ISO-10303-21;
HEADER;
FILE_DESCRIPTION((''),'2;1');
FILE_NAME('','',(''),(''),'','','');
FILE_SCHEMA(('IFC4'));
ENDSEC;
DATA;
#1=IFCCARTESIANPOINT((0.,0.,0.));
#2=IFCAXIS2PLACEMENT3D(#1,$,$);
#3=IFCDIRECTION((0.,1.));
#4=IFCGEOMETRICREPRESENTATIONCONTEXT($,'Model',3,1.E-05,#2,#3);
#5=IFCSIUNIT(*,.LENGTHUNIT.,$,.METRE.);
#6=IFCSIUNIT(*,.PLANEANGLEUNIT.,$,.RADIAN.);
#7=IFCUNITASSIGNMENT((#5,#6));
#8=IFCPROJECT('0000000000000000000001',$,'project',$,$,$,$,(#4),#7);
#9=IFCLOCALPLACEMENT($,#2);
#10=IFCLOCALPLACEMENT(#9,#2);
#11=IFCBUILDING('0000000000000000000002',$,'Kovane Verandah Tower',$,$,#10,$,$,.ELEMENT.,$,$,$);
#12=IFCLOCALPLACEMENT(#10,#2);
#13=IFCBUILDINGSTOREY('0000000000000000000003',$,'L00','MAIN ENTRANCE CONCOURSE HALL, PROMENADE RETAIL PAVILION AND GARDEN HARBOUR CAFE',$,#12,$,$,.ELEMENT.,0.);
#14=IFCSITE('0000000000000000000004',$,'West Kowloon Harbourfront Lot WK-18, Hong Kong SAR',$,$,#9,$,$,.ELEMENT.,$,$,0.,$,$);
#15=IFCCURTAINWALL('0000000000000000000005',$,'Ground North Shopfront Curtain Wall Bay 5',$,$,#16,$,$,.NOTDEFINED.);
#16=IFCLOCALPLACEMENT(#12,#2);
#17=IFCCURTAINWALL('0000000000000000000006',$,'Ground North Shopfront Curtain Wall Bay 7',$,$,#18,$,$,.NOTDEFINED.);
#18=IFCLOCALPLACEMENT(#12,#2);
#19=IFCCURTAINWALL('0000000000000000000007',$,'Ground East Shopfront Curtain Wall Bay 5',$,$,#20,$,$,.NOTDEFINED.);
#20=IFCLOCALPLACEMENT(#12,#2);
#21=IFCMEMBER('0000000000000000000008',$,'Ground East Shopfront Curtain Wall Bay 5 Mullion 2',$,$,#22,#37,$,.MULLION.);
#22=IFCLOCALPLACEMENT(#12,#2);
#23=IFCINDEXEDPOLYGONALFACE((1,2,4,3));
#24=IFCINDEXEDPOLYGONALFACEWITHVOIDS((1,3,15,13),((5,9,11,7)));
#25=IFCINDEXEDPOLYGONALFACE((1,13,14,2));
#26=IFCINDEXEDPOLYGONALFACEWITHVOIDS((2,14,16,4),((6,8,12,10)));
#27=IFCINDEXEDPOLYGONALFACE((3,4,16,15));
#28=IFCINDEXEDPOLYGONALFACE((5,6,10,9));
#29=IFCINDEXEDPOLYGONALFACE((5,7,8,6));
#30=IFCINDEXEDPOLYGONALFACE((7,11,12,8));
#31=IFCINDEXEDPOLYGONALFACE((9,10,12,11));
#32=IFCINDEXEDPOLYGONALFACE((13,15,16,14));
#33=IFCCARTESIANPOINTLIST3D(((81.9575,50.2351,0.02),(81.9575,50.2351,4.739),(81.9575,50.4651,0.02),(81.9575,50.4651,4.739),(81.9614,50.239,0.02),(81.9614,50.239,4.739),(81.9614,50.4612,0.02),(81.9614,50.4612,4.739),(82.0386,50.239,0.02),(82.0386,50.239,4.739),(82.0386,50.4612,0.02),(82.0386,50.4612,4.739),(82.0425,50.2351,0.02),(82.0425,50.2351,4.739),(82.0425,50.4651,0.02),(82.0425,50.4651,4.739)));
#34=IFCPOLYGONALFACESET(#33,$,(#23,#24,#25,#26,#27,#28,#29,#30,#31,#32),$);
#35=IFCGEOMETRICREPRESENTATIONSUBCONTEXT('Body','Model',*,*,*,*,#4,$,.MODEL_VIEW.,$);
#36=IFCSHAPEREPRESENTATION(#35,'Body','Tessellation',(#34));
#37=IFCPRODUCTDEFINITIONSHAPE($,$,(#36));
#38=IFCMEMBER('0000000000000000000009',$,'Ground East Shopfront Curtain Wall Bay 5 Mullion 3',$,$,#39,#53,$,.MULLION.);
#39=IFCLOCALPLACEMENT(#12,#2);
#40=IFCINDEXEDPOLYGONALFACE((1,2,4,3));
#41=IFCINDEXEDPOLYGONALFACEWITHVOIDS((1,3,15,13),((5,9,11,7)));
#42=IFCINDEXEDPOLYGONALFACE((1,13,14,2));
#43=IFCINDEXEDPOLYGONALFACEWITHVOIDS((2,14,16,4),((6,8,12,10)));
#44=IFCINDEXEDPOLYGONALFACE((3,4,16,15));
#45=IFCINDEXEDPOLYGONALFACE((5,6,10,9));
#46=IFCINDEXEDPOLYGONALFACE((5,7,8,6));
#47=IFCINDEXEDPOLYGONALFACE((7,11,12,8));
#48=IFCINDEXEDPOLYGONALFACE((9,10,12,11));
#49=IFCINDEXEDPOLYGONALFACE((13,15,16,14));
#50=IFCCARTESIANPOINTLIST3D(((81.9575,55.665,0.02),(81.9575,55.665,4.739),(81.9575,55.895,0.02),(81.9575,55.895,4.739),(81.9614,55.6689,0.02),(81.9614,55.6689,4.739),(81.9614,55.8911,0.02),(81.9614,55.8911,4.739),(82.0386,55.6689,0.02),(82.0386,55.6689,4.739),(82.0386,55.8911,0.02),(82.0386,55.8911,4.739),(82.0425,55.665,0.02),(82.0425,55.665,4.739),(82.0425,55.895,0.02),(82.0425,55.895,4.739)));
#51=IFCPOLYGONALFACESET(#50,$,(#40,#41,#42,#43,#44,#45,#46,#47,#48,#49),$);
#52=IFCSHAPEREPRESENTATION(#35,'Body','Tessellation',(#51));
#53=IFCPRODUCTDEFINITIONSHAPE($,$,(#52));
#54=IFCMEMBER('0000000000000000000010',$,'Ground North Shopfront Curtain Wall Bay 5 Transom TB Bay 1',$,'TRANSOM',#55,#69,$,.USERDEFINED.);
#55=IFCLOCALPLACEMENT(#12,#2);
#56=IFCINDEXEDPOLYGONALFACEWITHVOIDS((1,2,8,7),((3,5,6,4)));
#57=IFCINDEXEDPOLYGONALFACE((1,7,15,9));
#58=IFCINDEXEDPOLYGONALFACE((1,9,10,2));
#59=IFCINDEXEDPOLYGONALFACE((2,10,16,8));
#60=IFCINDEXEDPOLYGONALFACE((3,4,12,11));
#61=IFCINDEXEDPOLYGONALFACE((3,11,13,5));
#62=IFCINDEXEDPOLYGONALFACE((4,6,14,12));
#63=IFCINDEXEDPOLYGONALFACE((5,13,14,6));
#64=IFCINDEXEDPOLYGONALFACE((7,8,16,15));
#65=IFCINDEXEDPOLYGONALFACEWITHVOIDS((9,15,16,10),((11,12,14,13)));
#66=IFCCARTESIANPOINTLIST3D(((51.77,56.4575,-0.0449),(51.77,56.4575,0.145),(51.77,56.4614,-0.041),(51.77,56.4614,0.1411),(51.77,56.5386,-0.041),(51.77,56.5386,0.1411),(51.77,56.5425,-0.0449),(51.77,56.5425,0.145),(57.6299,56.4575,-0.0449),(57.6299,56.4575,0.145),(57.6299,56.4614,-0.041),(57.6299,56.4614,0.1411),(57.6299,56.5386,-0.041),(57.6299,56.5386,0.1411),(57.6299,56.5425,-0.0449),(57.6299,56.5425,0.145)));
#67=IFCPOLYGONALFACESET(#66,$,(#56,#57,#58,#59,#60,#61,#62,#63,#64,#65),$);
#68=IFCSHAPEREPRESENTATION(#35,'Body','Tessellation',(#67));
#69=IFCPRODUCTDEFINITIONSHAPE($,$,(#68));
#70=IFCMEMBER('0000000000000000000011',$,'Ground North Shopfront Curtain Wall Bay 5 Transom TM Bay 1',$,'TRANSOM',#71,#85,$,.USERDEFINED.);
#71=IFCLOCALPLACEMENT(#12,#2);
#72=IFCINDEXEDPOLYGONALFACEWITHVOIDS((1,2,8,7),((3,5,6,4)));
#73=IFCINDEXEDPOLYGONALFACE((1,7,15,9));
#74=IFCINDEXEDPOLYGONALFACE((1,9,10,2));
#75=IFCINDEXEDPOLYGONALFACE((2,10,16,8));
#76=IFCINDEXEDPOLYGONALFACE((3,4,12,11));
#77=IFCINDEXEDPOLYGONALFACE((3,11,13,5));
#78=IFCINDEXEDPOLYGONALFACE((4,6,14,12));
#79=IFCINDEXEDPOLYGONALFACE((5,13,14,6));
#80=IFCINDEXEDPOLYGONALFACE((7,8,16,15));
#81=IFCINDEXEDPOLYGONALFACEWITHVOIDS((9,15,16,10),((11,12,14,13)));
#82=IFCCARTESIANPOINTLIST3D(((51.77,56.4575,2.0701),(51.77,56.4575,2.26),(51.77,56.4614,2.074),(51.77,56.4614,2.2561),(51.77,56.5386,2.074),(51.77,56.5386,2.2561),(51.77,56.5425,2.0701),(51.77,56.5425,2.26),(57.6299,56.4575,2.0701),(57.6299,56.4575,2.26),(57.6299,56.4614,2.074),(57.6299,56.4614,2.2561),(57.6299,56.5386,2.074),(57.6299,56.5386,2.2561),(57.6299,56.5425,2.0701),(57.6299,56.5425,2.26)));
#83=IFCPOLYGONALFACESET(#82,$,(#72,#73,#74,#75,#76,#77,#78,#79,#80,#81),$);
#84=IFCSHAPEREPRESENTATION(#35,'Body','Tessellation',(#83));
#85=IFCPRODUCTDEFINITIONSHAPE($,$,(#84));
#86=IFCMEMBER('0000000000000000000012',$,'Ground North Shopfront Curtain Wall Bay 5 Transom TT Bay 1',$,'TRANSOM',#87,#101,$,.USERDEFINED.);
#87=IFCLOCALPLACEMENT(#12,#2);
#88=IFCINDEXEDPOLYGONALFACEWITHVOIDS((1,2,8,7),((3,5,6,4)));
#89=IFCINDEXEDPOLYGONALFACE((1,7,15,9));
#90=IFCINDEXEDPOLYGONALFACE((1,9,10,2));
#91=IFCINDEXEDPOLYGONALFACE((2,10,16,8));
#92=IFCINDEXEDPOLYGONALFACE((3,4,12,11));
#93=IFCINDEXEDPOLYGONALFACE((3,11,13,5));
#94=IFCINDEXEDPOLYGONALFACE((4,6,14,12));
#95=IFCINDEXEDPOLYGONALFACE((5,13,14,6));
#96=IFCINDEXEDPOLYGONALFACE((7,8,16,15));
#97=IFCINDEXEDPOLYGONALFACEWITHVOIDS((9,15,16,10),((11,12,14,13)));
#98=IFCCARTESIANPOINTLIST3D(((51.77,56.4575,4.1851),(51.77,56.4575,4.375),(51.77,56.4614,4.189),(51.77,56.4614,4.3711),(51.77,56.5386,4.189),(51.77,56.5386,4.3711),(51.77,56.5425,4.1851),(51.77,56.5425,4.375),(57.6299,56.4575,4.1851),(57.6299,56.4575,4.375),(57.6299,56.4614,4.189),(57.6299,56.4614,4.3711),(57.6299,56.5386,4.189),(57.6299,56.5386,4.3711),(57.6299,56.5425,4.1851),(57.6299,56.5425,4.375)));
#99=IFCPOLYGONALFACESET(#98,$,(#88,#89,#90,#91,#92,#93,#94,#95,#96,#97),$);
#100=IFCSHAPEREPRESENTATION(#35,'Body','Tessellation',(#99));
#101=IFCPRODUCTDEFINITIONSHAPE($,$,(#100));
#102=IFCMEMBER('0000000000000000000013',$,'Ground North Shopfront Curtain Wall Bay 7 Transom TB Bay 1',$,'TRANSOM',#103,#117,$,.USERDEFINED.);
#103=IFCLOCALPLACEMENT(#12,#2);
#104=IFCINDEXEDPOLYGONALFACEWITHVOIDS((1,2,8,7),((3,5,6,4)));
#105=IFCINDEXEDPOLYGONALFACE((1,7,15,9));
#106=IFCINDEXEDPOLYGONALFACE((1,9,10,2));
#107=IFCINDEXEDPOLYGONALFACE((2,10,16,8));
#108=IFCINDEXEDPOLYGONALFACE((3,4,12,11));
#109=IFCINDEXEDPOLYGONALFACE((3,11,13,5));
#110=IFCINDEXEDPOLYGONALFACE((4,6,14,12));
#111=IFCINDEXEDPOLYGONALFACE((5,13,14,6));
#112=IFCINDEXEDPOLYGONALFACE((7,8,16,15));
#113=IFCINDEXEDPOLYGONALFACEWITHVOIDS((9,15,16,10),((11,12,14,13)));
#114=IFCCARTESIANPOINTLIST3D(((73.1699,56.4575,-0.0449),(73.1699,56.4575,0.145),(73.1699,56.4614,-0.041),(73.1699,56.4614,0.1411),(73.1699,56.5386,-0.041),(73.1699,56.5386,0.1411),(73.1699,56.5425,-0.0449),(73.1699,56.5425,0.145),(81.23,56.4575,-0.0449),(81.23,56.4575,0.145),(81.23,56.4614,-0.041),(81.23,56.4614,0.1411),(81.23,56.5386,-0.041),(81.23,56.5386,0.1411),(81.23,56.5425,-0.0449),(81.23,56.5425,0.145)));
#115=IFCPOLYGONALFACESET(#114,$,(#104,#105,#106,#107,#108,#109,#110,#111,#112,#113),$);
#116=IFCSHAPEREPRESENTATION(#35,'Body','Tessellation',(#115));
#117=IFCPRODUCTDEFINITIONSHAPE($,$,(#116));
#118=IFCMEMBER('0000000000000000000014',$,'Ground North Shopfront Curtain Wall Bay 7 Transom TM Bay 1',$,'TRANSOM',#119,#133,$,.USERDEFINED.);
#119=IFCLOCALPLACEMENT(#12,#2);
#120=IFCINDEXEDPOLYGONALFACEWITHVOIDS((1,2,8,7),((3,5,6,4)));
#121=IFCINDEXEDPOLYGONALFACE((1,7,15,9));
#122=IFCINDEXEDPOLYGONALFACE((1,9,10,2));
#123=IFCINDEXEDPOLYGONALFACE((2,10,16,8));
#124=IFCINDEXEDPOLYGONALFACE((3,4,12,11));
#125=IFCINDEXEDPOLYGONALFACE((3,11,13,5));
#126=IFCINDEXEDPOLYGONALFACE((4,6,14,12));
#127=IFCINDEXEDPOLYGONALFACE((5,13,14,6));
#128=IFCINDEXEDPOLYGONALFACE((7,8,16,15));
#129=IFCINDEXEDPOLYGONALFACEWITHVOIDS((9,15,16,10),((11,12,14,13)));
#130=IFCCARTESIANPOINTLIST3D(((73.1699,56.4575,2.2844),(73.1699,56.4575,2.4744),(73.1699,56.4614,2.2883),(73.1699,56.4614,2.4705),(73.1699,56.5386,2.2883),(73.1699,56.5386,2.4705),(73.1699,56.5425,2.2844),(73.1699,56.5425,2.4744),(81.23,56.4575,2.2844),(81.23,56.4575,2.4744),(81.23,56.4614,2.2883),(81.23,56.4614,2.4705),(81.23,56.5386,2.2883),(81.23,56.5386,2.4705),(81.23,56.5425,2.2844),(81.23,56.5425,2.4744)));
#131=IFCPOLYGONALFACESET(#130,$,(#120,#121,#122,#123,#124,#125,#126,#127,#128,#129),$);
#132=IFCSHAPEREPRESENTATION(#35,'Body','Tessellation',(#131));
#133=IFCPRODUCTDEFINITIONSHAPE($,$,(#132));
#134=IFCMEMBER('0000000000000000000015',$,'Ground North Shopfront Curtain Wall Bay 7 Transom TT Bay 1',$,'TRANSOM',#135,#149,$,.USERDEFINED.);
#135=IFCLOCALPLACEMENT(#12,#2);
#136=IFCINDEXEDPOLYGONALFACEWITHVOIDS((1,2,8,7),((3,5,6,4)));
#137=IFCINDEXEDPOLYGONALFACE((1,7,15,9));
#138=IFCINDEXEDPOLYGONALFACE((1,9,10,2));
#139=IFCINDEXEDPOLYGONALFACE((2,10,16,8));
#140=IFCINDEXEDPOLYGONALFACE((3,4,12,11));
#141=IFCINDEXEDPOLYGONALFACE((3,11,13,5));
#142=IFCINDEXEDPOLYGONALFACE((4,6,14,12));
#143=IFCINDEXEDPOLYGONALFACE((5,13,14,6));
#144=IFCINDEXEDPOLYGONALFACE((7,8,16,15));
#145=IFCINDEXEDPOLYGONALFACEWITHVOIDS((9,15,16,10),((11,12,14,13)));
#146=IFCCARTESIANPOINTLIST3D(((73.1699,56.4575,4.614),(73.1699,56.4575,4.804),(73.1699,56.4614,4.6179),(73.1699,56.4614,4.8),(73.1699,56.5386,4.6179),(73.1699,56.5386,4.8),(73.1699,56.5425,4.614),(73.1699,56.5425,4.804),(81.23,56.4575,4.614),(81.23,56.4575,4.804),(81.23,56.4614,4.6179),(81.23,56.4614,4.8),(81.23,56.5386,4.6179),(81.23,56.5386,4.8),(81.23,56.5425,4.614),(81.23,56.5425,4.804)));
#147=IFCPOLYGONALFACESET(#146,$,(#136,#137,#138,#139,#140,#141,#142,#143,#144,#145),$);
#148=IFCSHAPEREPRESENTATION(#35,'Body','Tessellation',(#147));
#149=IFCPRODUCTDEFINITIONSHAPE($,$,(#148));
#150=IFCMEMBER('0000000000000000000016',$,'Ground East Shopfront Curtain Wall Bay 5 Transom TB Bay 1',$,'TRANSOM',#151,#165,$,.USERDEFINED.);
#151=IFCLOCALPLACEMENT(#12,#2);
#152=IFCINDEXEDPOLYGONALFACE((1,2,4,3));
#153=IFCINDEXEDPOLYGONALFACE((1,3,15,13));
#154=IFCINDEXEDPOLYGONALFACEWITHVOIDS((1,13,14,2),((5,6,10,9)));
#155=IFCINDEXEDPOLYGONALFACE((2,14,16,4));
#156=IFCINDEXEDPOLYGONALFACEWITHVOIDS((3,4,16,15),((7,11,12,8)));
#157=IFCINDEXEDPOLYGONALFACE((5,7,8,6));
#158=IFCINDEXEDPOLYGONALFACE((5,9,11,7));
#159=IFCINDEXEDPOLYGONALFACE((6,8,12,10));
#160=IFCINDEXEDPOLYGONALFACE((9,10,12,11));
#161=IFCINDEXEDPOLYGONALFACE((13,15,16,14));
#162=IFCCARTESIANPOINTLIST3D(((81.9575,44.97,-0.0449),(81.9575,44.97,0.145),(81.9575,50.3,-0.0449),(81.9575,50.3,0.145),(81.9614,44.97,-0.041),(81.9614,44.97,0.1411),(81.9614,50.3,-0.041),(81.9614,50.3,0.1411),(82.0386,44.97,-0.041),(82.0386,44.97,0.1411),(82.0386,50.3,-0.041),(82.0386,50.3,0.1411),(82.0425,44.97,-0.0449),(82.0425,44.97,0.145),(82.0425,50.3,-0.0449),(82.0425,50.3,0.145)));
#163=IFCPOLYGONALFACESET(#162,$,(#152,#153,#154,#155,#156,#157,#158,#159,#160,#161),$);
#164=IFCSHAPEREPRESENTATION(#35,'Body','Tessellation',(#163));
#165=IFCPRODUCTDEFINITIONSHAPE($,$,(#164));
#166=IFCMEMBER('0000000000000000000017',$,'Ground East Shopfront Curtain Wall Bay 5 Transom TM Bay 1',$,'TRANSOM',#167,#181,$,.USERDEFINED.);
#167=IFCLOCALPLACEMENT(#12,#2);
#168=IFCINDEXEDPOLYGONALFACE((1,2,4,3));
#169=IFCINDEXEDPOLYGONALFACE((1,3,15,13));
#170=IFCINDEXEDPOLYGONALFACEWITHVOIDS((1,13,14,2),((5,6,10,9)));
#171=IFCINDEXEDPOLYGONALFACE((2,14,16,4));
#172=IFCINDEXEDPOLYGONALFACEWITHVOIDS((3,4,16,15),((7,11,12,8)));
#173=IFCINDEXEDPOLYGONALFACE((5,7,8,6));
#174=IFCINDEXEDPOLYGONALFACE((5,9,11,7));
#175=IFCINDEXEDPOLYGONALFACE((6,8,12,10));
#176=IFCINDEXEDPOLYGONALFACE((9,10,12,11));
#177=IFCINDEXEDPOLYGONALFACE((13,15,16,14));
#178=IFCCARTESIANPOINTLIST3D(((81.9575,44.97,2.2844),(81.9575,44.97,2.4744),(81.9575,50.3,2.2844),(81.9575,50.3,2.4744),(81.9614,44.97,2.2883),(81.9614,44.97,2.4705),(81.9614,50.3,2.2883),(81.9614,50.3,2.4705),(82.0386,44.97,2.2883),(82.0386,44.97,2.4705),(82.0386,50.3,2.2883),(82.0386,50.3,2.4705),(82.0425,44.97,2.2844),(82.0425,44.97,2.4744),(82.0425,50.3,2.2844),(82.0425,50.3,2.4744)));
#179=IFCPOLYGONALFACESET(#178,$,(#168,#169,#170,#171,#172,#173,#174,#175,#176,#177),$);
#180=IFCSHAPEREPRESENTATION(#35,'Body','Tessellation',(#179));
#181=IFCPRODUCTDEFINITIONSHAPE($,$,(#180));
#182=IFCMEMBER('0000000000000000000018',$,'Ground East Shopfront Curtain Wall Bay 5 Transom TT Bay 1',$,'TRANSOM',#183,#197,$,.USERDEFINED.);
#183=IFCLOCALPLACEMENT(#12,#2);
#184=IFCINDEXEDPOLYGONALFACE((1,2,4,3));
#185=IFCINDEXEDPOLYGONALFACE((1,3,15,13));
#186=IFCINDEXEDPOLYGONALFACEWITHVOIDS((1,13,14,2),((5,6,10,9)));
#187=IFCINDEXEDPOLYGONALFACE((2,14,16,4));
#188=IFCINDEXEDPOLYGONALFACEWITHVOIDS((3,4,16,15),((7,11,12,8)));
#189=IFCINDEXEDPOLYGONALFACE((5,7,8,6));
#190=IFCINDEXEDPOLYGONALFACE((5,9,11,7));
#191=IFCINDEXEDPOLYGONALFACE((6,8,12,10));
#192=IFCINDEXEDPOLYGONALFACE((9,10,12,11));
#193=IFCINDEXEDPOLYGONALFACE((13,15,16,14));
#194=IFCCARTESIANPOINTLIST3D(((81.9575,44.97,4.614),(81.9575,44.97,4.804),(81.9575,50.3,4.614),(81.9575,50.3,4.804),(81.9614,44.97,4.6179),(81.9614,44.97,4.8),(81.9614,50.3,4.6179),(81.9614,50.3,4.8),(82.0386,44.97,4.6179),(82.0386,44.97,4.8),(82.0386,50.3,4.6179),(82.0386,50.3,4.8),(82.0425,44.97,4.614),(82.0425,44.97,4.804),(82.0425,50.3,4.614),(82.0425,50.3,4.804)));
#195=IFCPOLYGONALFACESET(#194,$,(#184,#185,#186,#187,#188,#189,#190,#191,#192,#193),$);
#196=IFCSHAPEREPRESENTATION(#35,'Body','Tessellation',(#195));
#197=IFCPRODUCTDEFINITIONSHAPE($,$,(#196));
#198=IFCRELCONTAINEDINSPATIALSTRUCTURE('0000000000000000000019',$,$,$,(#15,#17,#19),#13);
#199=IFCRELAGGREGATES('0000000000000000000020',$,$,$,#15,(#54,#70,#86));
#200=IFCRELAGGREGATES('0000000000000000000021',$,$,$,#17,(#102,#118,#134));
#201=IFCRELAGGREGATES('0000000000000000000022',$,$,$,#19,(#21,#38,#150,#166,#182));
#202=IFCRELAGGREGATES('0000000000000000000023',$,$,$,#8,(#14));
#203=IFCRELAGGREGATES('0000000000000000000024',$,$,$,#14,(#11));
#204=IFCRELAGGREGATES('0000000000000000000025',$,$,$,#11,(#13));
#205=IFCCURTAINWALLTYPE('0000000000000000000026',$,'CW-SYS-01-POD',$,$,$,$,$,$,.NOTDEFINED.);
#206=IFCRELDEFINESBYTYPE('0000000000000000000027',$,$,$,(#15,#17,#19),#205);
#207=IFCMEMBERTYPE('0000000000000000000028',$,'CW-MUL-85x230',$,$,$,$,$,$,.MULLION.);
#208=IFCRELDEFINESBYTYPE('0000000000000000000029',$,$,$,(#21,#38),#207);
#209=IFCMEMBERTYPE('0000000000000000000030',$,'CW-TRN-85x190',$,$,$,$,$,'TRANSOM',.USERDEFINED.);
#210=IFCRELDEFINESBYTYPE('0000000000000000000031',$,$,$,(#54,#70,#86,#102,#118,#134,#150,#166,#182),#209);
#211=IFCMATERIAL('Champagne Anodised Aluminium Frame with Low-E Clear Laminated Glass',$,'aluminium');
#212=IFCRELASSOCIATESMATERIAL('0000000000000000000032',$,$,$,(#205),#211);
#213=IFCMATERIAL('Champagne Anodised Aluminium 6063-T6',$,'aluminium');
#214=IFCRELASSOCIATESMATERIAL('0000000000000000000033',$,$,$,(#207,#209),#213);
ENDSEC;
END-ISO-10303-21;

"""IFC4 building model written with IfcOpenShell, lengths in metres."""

from ifc_helpers import new_model, si_unit, direction, frame, origin, origin_2d, place, context, subcontext, project, spatial, hollow_rectangle, extrude, material, material_profile, profile_set, type_object, element, aggregate, save


model = new_model("IFC4")

# Units and contexts
model_context = context("Model", 3, precision=1e-05, world=origin(), true_north=direction((0.0, 1.0)))
body_context = subcontext(model_context, "Body", "Model", "MODEL_VIEW")
ifc_project = project(units=[si_unit("LENGTHUNIT", "METRE"), si_unit("PLANEANGLEUNIT", "RADIAN")], contexts=[model_context])

# Site, building, storey
site_placement = place(None, origin())
site = spatial("IfcSite", under=ifc_project, at=site_placement, Name="West Kowloon Harbourfront Lot WK-18, Hong Kong SAR", CompositionType="ELEMENT", RefElevation=0.0)
building_placement = place(site_placement, origin())
building = spatial("IfcBuilding", under=site, at=building_placement, Name="Kovane Verandah Tower", CompositionType="ELEMENT")
storey_placement = place(building_placement, origin())
storey = spatial("IfcBuildingStorey", under=building, at=storey_placement, Name="L00", Description="MAIN ENTRANCE CONCOURSE HALL, PROMENADE RETAIL PAVILION AND GARDEN HARBOUR CAFE", CompositionType="ELEMENT", Elevation=0.0)

# Curtain wall
ifc_material_1 = material(Name="Champagne Anodised Aluminium Frame with Low-E Clear Laminated Glass", Category="aluminium")
curtain_wall_type = type_object("IfcCurtainWallType", Name="CW-SYS-01-POD", PredefinedType="NOTDEFINED", material=ifc_material_1)
curtain_wall_1_placement = place(storey_placement, origin())
curtain_wall_1 = element("IfcCurtainWall", 1, at=curtain_wall_1_placement, inside=storey, type_object=curtain_wall_type, Name="Ground North Shopfront Curtain Wall Bay 5", PredefinedType="NOTDEFINED")
ifc_material_2 = material(Name="Champagne Anodised Aluminium 6063-T6", Category="aluminium")
ifc_material_profile_1 = material_profile(ifc_material_2, hollow_rectangle(XDim=0.085, YDim=0.23, WallThickness=0.0039, at=origin_2d()), Name="AL85x230x4")
ifc_profile_set_1 = profile_set([ifc_material_profile_1], Name="Champagne Anodised Aluminium 6063-T6")
member_type_1 = type_object("IfcMemberType", Name="CW-MUL-85x230", PredefinedType="MULLION", material=ifc_profile_set_1)

# Curtain walls, members
curtain_wall_2_placement = place(storey_placement, origin())
curtain_wall_2 = element("IfcCurtainWall", 2, at=curtain_wall_2_placement, inside=storey, type_object=curtain_wall_type, Name="Ground North Shopfront Curtain Wall Bay 7", PredefinedType="NOTDEFINED")
curtain_wall_3_placement = place(storey_placement, origin())
curtain_wall_3 = element("IfcCurtainWall", 3, at=curtain_wall_3_placement, inside=storey, type_object=curtain_wall_type, Name="Ground East Shopfront Curtain Wall Bay 5", PredefinedType="NOTDEFINED")
member_1_placement = place(storey_placement, frame((82.0, 50.3501, 0.02), z_axis=(0.0, 0.0, 1.0), x_axis=(1.0, 0.0, 0.0)))
member_1 = element("IfcMember", 4, at=member_1_placement, type_object=member_type_1, Name="Ground East Shopfront Curtain Wall Bay 5 Mullion 2", PredefinedType="MULLION", context=body_context, shape_type="SweptSolid", body=[
    extrude(hollow_rectangle(XDim=0.085, YDim=0.23, WallThickness=0.0039, at=origin_2d()), origin(), (0.0, 0.0, 1.0), 4.719),
])
member_2_placement = place(storey_placement, frame((82.0, 55.78, 0.02), z_axis=(0.0, 0.0, 1.0), x_axis=(1.0, 0.0, 0.0)))
member_2 = element("IfcMember", 5, at=member_2_placement, type_object=member_type_1, Name="Ground East Shopfront Curtain Wall Bay 5 Mullion 3", PredefinedType="MULLION", context=body_context, shape_type="SweptSolid", body=[
    extrude(hollow_rectangle(XDim=0.085, YDim=0.23, WallThickness=0.0039, at=origin_2d()), origin(), (0.0, 0.0, 1.0), 4.719),
])

# Members
ifc_material_profile_2 = material_profile(ifc_material_2, hollow_rectangle(XDim=0.085, YDim=0.1899, WallThickness=0.0039, at=origin_2d()), Name="AL85x190x4")
ifc_profile_set_2 = profile_set([ifc_material_profile_2], Name="Champagne Anodised Aluminium 6063-T6")
member_type_2 = type_object("IfcMemberType", Name="CW-TRN-85x190", ElementType="TRANSOM", PredefinedType="USERDEFINED", material=ifc_profile_set_2)
member_3_placement = place(storey_placement, frame((57.6299, 56.5, 0.05), z_axis=(-1.0, 0.0, 0.0), x_axis=(0.0, -1.0, 0.0)))
member_3 = element("IfcMember", 6, at=member_3_placement, type_object=member_type_2, Name="Ground North Shopfront Curtain Wall Bay 5 Transom TB Bay 1", ObjectType="TRANSOM", PredefinedType="USERDEFINED", context=body_context, shape_type="SweptSolid", body=[
    extrude(hollow_rectangle(XDim=0.085, YDim=0.1899, WallThickness=0.0039, at=origin_2d()), origin(), (0.0, 0.0, 1.0), 5.8599),
])
member_4_placement = place(storey_placement, frame((57.6299, 56.5, 2.165), z_axis=(-1.0, 0.0, 0.0), x_axis=(0.0, -1.0, 0.0)))
member_4 = element("IfcMember", 7, at=member_4_placement, type_object=member_type_2, Name="Ground North Shopfront Curtain Wall Bay 5 Transom TM Bay 1", ObjectType="TRANSOM", PredefinedType="USERDEFINED", context=body_context, shape_type="SweptSolid", body=[
    extrude(hollow_rectangle(XDim=0.085, YDim=0.1899, WallThickness=0.0039, at=origin_2d()), origin(), (0.0, 0.0, 1.0), 5.8599),
])
member_5_placement = place(storey_placement, frame((57.6299, 56.5, 4.28), z_axis=(-1.0, 0.0, 0.0), x_axis=(0.0, -1.0, 0.0)))
member_5 = element("IfcMember", 8, at=member_5_placement, type_object=member_type_2, Name="Ground North Shopfront Curtain Wall Bay 5 Transom TT Bay 1", ObjectType="TRANSOM", PredefinedType="USERDEFINED", context=body_context, shape_type="SweptSolid", body=[
    extrude(hollow_rectangle(XDim=0.085, YDim=0.1899, WallThickness=0.0039, at=origin_2d()), origin(), (0.0, 0.0, 1.0), 5.8599),
])
member_6_placement = place(storey_placement, frame((81.23, 56.5, 0.05), z_axis=(-1.0, 0.0, 0.0), x_axis=(0.0, -1.0, 0.0)))
member_6 = element("IfcMember", 9, at=member_6_placement, type_object=member_type_2, Name="Ground North Shopfront Curtain Wall Bay 7 Transom TB Bay 1", ObjectType="TRANSOM", PredefinedType="USERDEFINED", context=body_context, shape_type="SweptSolid", body=[
    extrude(hollow_rectangle(XDim=0.085, YDim=0.1899, WallThickness=0.0039, at=origin_2d()), origin(), (0.0, 0.0, 1.0), 8.0601),
])
member_7_placement = place(storey_placement, frame((81.23, 56.5, 2.3794), z_axis=(-1.0, 0.0, 0.0), x_axis=(0.0, -1.0, 0.0)))
member_7 = element("IfcMember", 10, at=member_7_placement, type_object=member_type_2, Name="Ground North Shopfront Curtain Wall Bay 7 Transom TM Bay 1", ObjectType="TRANSOM", PredefinedType="USERDEFINED", context=body_context, shape_type="SweptSolid", body=[
    extrude(hollow_rectangle(XDim=0.085, YDim=0.1899, WallThickness=0.0039, at=origin_2d()), origin(), (0.0, 0.0, 1.0), 8.0601),
])
member_8_placement = place(storey_placement, frame((81.23, 56.5, 4.709), z_axis=(-1.0, 0.0, 0.0), x_axis=(0.0, -1.0, 0.0)))
member_8 = element("IfcMember", 11, at=member_8_placement, type_object=member_type_2, Name="Ground North Shopfront Curtain Wall Bay 7 Transom TT Bay 1", ObjectType="TRANSOM", PredefinedType="USERDEFINED", context=body_context, shape_type="SweptSolid", body=[
    extrude(hollow_rectangle(XDim=0.085, YDim=0.1899, WallThickness=0.0039, at=origin_2d()), origin(), (0.0, 0.0, 1.0), 8.0601),
])
member_9_placement = place(storey_placement, frame((82.0, 44.97, 0.05), z_axis=(0.0, 1.0, 0.0), x_axis=(-1.0, 0.0, 0.0)))
member_9 = element("IfcMember", 12, at=member_9_placement, type_object=member_type_2, Name="Ground East Shopfront Curtain Wall Bay 5 Transom TB Bay 1", ObjectType="TRANSOM", PredefinedType="USERDEFINED", context=body_context, shape_type="SweptSolid", body=[
    extrude(hollow_rectangle(XDim=0.085, YDim=0.1899, WallThickness=0.0039, at=origin_2d()), origin(), (0.0, 0.0, 1.0), 5.3301),
])
member_10_placement = place(storey_placement, frame((82.0, 44.97, 2.3794), z_axis=(0.0, 1.0, 0.0), x_axis=(-1.0, 0.0, 0.0)))
member_10 = element("IfcMember", 13, at=member_10_placement, type_object=member_type_2, Name="Ground East Shopfront Curtain Wall Bay 5 Transom TM Bay 1", ObjectType="TRANSOM", PredefinedType="USERDEFINED", context=body_context, shape_type="SweptSolid", body=[
    extrude(hollow_rectangle(XDim=0.085, YDim=0.1899, WallThickness=0.0039, at=origin_2d()), origin(), (0.0, 0.0, 1.0), 5.3301),
])
member_11_placement = place(storey_placement, frame((82.0, 44.97, 4.709), z_axis=(0.0, 1.0, 0.0), x_axis=(-1.0, 0.0, 0.0)))
member_11 = element("IfcMember", 14, at=member_11_placement, type_object=member_type_2, Name="Ground East Shopfront Curtain Wall Bay 5 Transom TT Bay 1", ObjectType="TRANSOM", PredefinedType="USERDEFINED", context=body_context, shape_type="SweptSolid", body=[
    extrude(hollow_rectangle(XDim=0.085, YDim=0.1899, WallThickness=0.0039, at=origin_2d()), origin(), (0.0, 0.0, 1.0), 5.3301),
])

aggregate(curtain_wall_1, [member_3, member_4, member_5])
aggregate(curtain_wall_2, [member_6, member_7, member_8])
aggregate(curtain_wall_3, [member_1, member_2, member_9, member_10, member_11])

save(model, "model.ifc")
